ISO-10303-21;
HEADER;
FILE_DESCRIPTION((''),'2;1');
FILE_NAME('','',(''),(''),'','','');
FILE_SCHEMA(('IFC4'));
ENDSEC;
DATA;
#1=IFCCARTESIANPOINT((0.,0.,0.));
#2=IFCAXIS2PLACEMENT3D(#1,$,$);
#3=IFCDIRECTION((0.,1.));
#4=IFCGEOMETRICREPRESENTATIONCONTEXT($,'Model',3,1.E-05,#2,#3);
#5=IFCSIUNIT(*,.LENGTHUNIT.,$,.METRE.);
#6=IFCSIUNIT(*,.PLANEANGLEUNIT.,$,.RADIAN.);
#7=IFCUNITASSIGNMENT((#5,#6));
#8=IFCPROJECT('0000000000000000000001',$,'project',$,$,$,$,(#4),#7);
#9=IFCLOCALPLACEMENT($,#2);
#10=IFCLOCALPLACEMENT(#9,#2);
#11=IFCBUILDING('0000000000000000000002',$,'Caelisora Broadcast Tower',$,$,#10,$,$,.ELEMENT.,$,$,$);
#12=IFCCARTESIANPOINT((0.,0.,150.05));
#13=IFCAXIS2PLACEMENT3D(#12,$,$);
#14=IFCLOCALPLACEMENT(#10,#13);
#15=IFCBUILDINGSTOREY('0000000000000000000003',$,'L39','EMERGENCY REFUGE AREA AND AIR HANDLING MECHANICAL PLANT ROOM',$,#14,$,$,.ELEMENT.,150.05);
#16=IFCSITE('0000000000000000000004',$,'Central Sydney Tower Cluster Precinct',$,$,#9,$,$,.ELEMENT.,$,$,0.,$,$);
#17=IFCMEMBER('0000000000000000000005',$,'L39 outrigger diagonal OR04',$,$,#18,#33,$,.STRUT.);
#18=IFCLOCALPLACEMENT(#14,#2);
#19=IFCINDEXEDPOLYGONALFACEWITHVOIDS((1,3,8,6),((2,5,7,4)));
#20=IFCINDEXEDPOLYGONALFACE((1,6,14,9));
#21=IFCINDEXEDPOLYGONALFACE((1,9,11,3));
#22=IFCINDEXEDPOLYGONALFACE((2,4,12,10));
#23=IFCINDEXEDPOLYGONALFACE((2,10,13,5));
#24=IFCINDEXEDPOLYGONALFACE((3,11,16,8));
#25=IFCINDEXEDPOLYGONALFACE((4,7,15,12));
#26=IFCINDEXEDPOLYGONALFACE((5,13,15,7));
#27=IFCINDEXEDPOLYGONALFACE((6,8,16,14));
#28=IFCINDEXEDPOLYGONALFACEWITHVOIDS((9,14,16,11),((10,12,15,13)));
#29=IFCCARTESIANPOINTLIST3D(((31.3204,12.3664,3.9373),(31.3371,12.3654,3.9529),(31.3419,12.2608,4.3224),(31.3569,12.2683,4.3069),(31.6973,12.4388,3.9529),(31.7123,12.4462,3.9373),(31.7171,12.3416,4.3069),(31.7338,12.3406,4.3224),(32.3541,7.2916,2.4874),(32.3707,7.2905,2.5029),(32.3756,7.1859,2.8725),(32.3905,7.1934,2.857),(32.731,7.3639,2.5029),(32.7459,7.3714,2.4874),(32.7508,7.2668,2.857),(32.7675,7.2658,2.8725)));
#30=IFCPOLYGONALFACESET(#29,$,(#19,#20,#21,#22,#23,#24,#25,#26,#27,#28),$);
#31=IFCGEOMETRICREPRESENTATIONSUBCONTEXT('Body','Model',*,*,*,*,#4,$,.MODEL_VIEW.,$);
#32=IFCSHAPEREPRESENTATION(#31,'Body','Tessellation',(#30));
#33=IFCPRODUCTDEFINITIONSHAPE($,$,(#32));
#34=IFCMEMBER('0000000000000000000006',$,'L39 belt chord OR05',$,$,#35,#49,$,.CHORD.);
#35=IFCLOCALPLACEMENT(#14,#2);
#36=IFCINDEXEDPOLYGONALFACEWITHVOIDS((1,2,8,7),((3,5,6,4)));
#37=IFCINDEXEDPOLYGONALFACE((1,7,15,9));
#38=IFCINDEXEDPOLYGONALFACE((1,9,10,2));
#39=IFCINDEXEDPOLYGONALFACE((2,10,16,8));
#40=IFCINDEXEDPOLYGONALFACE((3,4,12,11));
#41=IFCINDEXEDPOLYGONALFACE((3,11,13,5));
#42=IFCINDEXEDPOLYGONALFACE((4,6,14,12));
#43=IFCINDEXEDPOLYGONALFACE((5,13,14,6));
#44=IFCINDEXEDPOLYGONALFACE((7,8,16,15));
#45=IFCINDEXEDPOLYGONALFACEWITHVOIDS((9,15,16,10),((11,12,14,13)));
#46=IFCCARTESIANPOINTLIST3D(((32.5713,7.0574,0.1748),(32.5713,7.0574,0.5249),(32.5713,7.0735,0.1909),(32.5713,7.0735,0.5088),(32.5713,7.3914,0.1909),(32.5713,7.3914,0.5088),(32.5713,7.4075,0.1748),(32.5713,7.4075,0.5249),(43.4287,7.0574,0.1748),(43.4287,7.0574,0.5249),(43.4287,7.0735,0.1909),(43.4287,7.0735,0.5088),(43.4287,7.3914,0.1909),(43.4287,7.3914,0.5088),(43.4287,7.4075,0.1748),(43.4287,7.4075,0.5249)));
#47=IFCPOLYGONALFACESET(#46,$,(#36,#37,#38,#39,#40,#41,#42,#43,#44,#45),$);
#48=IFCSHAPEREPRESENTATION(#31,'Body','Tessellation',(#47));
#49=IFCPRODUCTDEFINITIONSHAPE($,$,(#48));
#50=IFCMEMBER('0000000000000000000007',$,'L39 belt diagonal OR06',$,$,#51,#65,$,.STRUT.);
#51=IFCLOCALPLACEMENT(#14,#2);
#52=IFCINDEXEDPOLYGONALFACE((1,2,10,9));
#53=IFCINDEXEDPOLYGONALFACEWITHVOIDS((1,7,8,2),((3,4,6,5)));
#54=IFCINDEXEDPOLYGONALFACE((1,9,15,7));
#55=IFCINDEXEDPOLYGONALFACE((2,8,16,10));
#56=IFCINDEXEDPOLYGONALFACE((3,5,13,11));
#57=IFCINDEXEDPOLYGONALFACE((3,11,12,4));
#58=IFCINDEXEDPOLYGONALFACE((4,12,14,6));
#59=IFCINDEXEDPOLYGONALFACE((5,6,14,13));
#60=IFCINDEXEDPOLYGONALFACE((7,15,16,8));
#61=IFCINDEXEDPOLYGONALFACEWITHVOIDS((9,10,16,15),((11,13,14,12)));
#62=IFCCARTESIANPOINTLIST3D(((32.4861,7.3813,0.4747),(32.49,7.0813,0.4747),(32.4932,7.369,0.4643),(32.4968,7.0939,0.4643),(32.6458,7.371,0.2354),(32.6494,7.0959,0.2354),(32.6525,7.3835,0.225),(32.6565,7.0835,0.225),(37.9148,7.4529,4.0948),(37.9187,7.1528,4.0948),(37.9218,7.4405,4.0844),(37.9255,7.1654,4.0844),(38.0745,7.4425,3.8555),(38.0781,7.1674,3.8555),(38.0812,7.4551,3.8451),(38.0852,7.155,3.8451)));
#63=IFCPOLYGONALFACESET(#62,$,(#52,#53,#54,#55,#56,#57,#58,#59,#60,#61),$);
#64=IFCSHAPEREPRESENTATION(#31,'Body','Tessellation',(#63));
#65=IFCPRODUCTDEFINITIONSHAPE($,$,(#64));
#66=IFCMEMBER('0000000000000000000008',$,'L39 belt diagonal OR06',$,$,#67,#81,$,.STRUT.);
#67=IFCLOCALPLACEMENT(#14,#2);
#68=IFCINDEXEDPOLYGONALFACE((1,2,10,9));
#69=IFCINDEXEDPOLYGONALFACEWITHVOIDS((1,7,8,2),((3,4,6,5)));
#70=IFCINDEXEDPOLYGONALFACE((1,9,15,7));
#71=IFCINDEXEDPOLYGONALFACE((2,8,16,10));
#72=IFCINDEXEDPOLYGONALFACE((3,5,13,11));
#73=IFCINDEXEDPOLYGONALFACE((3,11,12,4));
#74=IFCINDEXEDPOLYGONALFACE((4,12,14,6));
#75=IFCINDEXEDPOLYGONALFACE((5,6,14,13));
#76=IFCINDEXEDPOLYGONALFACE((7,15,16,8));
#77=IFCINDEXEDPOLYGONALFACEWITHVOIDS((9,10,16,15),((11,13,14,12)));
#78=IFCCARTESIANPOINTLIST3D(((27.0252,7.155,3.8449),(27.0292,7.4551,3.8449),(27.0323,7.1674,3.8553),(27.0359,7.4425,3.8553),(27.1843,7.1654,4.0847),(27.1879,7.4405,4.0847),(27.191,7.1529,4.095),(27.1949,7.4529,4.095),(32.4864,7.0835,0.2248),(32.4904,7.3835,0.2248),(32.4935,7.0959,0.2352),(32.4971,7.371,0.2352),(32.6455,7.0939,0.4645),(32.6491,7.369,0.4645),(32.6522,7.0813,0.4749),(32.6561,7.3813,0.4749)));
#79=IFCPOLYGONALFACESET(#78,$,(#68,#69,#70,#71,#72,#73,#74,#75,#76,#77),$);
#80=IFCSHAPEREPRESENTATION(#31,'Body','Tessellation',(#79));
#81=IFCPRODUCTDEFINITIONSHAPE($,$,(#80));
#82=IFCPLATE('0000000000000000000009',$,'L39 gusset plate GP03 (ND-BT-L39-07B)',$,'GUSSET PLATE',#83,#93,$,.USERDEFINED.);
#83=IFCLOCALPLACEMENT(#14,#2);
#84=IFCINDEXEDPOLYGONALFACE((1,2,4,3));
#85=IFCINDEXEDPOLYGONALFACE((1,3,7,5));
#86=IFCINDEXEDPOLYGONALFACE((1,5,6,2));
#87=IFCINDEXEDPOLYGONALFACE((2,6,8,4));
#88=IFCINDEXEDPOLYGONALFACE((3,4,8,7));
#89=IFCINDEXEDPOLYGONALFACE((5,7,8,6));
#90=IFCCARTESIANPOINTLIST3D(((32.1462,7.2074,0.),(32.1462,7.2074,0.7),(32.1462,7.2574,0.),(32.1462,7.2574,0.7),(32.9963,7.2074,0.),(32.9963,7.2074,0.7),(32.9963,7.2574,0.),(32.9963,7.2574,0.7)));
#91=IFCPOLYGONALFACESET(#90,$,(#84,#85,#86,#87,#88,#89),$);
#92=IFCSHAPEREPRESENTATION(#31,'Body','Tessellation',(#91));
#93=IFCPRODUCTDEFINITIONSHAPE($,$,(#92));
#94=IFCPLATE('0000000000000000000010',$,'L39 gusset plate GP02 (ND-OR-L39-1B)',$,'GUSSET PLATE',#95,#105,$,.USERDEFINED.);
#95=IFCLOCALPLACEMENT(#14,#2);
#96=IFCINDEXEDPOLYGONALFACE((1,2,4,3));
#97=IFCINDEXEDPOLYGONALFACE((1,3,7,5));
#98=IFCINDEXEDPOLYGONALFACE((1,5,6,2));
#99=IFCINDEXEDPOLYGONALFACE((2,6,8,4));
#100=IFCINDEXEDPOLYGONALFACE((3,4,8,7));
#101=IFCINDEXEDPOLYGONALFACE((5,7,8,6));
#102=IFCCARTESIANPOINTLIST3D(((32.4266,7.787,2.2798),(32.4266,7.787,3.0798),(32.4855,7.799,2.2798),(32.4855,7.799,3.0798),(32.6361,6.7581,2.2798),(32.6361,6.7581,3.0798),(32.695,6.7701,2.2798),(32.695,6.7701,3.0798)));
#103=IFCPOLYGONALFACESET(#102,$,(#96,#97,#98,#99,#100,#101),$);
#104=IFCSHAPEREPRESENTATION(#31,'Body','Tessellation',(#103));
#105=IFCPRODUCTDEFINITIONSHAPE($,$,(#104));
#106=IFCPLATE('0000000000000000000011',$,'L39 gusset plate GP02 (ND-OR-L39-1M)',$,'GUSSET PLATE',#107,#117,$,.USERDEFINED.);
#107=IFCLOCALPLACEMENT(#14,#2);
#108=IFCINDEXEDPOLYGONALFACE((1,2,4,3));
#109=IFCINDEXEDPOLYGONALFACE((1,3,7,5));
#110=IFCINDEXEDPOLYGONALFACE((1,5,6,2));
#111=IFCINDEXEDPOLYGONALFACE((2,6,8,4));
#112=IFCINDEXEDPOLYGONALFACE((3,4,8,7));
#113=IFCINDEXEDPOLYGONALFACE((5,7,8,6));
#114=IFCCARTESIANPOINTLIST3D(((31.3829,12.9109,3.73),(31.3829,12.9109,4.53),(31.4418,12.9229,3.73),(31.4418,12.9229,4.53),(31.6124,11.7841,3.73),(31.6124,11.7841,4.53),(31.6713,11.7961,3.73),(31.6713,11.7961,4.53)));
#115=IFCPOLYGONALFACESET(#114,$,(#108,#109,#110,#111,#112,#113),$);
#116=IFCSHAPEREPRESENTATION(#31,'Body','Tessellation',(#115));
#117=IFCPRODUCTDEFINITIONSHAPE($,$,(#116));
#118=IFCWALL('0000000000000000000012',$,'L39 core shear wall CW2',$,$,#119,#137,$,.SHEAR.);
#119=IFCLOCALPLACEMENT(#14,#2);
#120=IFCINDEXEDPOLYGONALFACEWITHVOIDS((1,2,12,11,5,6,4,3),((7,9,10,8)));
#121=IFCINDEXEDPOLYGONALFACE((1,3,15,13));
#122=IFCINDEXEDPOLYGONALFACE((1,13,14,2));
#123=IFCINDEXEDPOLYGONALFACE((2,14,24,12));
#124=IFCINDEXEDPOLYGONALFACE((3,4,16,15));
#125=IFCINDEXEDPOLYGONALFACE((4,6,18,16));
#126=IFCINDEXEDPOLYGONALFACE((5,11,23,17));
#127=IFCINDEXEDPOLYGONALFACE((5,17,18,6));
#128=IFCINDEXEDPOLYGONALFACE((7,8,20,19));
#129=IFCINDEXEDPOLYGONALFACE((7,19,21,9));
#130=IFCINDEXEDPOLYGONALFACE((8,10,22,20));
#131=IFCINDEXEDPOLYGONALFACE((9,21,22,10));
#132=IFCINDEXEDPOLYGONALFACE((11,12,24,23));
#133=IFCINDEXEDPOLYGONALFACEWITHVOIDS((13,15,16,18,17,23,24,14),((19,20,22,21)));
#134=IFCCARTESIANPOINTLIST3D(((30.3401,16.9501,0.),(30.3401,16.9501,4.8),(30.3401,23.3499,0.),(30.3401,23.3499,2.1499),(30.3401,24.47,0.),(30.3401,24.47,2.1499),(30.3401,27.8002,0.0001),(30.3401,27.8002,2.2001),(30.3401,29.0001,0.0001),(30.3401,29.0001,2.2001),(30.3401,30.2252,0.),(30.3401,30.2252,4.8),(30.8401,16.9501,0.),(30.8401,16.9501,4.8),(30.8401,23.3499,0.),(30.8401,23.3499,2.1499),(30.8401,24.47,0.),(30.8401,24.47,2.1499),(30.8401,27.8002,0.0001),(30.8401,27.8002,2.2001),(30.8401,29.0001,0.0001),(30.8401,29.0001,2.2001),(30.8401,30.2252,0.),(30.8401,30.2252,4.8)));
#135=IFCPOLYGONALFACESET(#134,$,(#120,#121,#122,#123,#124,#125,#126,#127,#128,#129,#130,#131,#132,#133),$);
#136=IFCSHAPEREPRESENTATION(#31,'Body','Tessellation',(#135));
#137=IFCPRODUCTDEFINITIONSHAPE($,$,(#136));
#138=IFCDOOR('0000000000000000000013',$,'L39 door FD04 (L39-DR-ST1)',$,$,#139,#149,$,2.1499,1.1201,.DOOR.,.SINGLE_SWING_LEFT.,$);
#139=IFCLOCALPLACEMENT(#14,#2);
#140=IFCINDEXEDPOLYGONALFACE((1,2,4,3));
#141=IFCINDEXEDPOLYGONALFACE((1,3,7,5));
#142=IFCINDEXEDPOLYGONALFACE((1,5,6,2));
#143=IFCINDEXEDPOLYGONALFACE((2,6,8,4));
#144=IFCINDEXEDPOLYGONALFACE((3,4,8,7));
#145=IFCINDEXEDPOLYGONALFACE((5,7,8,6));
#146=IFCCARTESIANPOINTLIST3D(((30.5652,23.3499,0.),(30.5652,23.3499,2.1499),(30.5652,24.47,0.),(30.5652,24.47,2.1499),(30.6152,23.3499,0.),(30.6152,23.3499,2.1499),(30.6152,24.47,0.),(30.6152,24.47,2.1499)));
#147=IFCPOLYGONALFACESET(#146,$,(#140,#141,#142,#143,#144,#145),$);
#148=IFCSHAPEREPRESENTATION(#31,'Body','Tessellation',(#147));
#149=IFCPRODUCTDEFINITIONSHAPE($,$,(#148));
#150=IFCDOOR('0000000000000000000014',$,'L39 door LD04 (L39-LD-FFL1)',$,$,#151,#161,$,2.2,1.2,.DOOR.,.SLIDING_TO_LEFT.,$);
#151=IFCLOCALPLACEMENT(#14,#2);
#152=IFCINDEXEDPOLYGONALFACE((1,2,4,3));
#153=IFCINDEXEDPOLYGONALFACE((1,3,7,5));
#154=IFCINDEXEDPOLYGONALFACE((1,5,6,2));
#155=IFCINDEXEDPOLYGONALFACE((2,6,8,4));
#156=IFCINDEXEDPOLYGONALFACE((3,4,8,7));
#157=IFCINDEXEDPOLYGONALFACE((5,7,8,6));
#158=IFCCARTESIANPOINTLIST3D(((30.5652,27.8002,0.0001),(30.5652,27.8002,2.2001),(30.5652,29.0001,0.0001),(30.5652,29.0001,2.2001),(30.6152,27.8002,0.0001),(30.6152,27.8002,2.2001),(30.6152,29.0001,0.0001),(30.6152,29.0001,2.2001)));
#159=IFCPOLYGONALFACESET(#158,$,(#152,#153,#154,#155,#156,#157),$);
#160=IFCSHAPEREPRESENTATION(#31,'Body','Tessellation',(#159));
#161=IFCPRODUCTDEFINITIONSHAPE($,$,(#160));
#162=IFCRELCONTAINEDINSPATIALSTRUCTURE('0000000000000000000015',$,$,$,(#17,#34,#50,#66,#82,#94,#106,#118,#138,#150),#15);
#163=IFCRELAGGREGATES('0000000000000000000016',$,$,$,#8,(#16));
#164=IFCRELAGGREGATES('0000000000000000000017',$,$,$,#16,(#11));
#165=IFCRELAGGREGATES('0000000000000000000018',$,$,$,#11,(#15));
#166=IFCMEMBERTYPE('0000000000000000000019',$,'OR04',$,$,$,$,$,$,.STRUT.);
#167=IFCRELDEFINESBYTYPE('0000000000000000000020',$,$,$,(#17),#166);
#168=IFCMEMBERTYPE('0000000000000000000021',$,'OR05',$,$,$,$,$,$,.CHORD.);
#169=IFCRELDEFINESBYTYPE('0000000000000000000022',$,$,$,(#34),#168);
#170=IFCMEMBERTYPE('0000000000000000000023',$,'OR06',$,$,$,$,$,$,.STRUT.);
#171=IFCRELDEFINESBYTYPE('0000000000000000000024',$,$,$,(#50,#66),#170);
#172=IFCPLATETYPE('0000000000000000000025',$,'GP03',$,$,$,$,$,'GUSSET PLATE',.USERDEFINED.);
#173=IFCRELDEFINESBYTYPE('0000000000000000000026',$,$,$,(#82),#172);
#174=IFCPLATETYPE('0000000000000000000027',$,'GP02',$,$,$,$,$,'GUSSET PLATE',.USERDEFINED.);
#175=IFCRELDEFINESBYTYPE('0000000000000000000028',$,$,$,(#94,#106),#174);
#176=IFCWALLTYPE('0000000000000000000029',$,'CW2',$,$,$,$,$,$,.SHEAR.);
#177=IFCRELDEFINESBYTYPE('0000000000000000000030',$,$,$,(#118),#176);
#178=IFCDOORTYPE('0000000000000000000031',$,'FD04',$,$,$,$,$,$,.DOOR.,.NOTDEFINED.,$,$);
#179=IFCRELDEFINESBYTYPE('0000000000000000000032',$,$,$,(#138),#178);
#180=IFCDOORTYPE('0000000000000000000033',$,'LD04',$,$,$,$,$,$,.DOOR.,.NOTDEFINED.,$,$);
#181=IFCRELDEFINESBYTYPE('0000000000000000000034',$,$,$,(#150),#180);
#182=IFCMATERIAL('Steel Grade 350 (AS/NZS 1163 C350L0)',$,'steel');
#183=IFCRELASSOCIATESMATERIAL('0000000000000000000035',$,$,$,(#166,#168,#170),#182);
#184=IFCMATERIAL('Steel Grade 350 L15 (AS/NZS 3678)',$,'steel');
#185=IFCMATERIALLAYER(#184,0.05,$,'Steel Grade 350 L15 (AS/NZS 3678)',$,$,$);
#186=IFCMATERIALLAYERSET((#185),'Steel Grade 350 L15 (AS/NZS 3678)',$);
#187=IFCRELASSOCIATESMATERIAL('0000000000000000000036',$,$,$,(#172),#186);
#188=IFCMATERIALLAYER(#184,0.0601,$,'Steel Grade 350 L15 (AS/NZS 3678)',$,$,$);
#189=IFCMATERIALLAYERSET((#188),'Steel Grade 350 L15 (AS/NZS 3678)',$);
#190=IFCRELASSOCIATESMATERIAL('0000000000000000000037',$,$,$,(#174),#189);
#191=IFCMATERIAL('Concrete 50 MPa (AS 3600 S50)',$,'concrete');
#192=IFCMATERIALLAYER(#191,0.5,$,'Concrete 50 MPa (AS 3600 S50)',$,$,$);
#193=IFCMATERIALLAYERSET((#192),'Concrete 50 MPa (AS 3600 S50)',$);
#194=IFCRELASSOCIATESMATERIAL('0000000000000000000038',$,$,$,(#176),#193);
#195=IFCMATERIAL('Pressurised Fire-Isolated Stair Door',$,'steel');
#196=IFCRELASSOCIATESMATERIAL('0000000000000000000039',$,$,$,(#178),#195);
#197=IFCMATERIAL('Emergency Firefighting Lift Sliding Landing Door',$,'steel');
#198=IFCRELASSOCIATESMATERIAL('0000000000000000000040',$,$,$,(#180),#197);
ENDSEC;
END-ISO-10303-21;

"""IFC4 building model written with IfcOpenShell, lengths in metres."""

from ifc_helpers import new_model, si_unit, direction, frame, frame_2d, origin, origin_2d, place, context, subcontext, project, spatial, rectangle, hollow_rectangle, extrude, source, transform, mapped, material, layer, layer_set, material_profile, profile_set, type_object, type_shapes, element, fill, save


model = new_model("IFC4")

# Units and contexts
model_context = context("Model", 3, precision=1e-05, world=origin(), true_north=direction((0.0, 1.0)))
body_context = subcontext(model_context, "Body", "Model", "MODEL_VIEW")
ifc_project = project(units=[si_unit("LENGTHUNIT", "METRE"), si_unit("PLANEANGLEUNIT", "RADIAN")], contexts=[model_context])

# Site, building, storey
site_placement = place(None, origin())
site = spatial("IfcSite", under=ifc_project, at=site_placement, Name="Central Sydney Tower Cluster Precinct", CompositionType="ELEMENT", RefElevation=0.0)
building_placement = place(site_placement, origin())
building = spatial("IfcBuilding", under=site, at=building_placement, Name="Caelisora Broadcast Tower", CompositionType="ELEMENT")
storey_placement = place(building_placement, frame((0.0, 0.0, 150.05)))
storey = spatial("IfcBuildingStorey", under=building, at=storey_placement, Name="L39", Description="EMERGENCY REFUGE AREA AND AIR HANDLING MECHANICAL PLANT ROOM", CompositionType="ELEMENT", Elevation=150.05)

# Shared definitions
ifc_material_1 = material(Name="Steel Grade 350 L15 (AS/NZS 3678)", Category="steel")

# Members
ifc_material_2 = material(Name="Steel Grade 350 (AS/NZS 1163 C350L0)", Category="steel")
ifc_material_profile_1 = material_profile(ifc_material_2, hollow_rectangle(XDim=0.3999, YDim=0.3999, WallThickness=0.0161, at=origin_2d()), Name="Steel Grade 350 (AS/NZS 1163 C350L0)")
ifc_profile_set_1 = profile_set([ifc_material_profile_1], Name="Steel Grade 350 (AS/NZS 1163 C350L0)")
member_type_1 = type_object("IfcMemberType", Name="OR04", PredefinedType="STRUT", material=ifc_profile_set_1)
shared_shape_1 = source(origin(), body_context, "Body", "SweptSolid", [
    extrude(hollow_rectangle(XDim=0.3999, YDim=0.3999, WallThickness=0.0161, at=origin_2d()), origin(), (0.0, 0.0, 1.0), 5.3782),
])
type_shapes(member_type_1, [shared_shape_1])
member_1_placement = place(storey_placement, frame((31.5271, 12.3535, 4.1299), z_axis=(0.192197, -0.943599, -0.269593), x_axis=(0.97988, 0.199587, 0.0)))
element("IfcMember", 1, at=member_1_placement, inside=storey, type_object=member_type_1, Name="L39 outrigger diagonal OR04", PredefinedType="STRUT", context=body_context, shape_type="MappedRepresentation", body=[
    mapped(shared_shape_1, transform((0.0, 0.0, 0.0), scale=1.0)),
])
ifc_material_profile_2 = material_profile(ifc_material_2, hollow_rectangle(XDim=0.3501, YDim=0.3501, WallThickness=0.0161, at=origin_2d()), Name="Steel Grade 350 (AS/NZS 1163 C350L0)")
ifc_profile_set_2 = profile_set([ifc_material_profile_2], Name="Steel Grade 350 (AS/NZS 1163 C350L0)")
member_type_2 = type_object("IfcMemberType", Name="OR05", PredefinedType="CHORD", material=ifc_profile_set_2)
shared_shape_2 = source(origin(), body_context, "Body", "SweptSolid", [
    extrude(hollow_rectangle(XDim=0.3501, YDim=0.3501, WallThickness=0.0161, at=origin_2d()), origin(), (0.0, 0.0, 1.0), 10.8574),
])
type_shapes(member_type_2, [shared_shape_2])
member_2_placement = place(storey_placement, frame((32.5713, 7.2324, 0.3499), z_axis=(1.0, 0.0, 0.0), x_axis=(0.0, 1.0, 0.0)))
element("IfcMember", 2, at=member_2_placement, inside=storey, type_object=member_type_2, Name="L39 belt chord OR05", PredefinedType="CHORD", context=body_context, shape_type="MappedRepresentation", body=[
    mapped(shared_shape_2, transform((0.0, 0.0, 0.0), scale=1.0)),
])
ifc_material_profile_3 = material_profile(ifc_material_2, hollow_rectangle(XDim=0.3, YDim=0.3, WallThickness=0.0125, at=origin_2d()), Name="Steel Grade 350 (AS/NZS 1163 C350L0)")
ifc_profile_set_3 = profile_set([ifc_material_profile_3], Name="Steel Grade 350 (AS/NZS 1163 C350L0)")
member_type_3 = type_object("IfcMemberType", Name="OR06", PredefinedType="STRUT", material=ifc_profile_set_3)
shared_shape_3 = source(origin(), body_context, "Body", "SweptSolid", [
    extrude(hollow_rectangle(XDim=0.3, YDim=0.3, WallThickness=0.0125, at=origin_2d()), origin(), (0.0, 0.0, 1.0), 6.5254),
])
member_3_placement = place(storey_placement, frame((32.5713, 7.2324, 0.3499), z_axis=(0.831931, 0.010962, 0.55477), x_axis=(-0.013176, 0.999913, 0.0)))
element("IfcMember", 3, at=member_3_placement, inside=storey, type_object=member_type_3, Name="L39 belt diagonal OR06", PredefinedType="STRUT", context=body_context, shape_type="MappedRepresentation", body=[
    mapped(shared_shape_3, transform((0.0, 0.0, 0.0), scale=1.0)),
])
shared_shape_4 = source(origin(), body_context, "Body", "SweptSolid", [
    extrude(hollow_rectangle(XDim=0.3, YDim=0.3, WallThickness=0.0125, at=origin_2d()), origin(), (0.0, 0.0, 1.0), 6.5525),
])
type_shapes(member_type_3, [shared_shape_3, shared_shape_4])
member_4_placement = place(storey_placement, frame((32.5713, 7.2324, 0.3499), z_axis=(-0.833454, 0.010917, 0.552481), x_axis=(-0.013097, -0.999914, 0.0)))
element("IfcMember", 4, at=member_4_placement, inside=storey, type_object=member_type_3, Name="L39 belt diagonal OR06", PredefinedType="STRUT", context=body_context, shape_type="MappedRepresentation", body=[
    mapped(shared_shape_4, transform((0.0, 0.0, 0.0), scale=1.0)),
])

# Plates
ifc_layer_1 = layer(ifc_material_1, 0.05, Name="Steel Grade 350 L15 (AS/NZS 3678)")
ifc_layer_set_1 = layer_set([ifc_layer_1], Name="Steel Grade 350 L15 (AS/NZS 3678)")
plate_type_1 = type_object("IfcPlateType", Name="GP03", ElementType="GUSSET PLATE", PredefinedType="USERDEFINED", material=ifc_layer_set_1)
shared_shape_5 = source(origin(), body_context, "Body", "SweptSolid", [
    extrude(rectangle(XDim=0.8501, YDim=0.05, at=origin_2d()), origin(), (0.0, 0.0, 1.0), 0.7),
])
type_shapes(plate_type_1, [shared_shape_5])
plate_1_placement = place(storey_placement, frame((32.5713, 7.2324, 0.0), z_axis=(0.0, 0.0, 1.0), x_axis=(1.0, 0.0, 0.0)))
element("IfcPlate", 5, at=plate_1_placement, inside=storey, type_object=plate_type_1, Name="L39 gusset plate GP03 (ND-BT-L39-07B)", ObjectType="GUSSET PLATE", PredefinedType="USERDEFINED", context=body_context, shape_type="MappedRepresentation", body=[
    mapped(shared_shape_5, transform((0.0, 0.0, 0.0), scale=1.0)),
])
ifc_layer_2 = layer(ifc_material_1, 0.0601, Name="Steel Grade 350 L15 (AS/NZS 3678)")
ifc_layer_set_2 = layer_set([ifc_layer_2], Name="Steel Grade 350 L15 (AS/NZS 3678)")
plate_type_2 = type_object("IfcPlateType", Name="GP02", ElementType="GUSSET PLATE", PredefinedType="USERDEFINED", material=ifc_layer_set_2)
shared_shape_6 = source(origin(), body_context, "Body", "SweptSolid", [
    extrude(rectangle(XDim=1.05, YDim=0.0601, at=origin_2d()), origin(), (0.0, 0.0, 1.0), 0.8),
])
plate_2_placement = place(storey_placement, frame((32.5608, 7.2786, 2.2798), z_axis=(0.0, 0.0, 1.0), x_axis=(0.199539, -0.97989, 0.0)))
element("IfcPlate", 6, at=plate_2_placement, inside=storey, type_object=plate_type_2, Name="L39 gusset plate GP02 (ND-OR-L39-1B)", ObjectType="GUSSET PLATE", PredefinedType="USERDEFINED", context=body_context, shape_type="MappedRepresentation", body=[
    mapped(shared_shape_6, transform((0.0, 0.0, 0.0), scale=1.0)),
])
shared_shape_7 = source(origin(), body_context, "Body", "SweptSolid", [
    extrude(rectangle(XDim=1.1499, YDim=0.0601, at=origin_2d()), origin(), (0.0, 0.0, 1.0), 0.8),
])
type_shapes(plate_type_2, [shared_shape_6, shared_shape_7])
plate_3_placement = place(storey_placement, frame((31.5271, 12.3535, 3.73), z_axis=(0.0, 0.0, 1.0), x_axis=(0.199539, -0.97989, 0.0)))
element("IfcPlate", 7, at=plate_3_placement, inside=storey, type_object=plate_type_2, Name="L39 gusset plate GP02 (ND-OR-L39-1M)", ObjectType="GUSSET PLATE", PredefinedType="USERDEFINED", context=body_context, shape_type="MappedRepresentation", body=[
    mapped(shared_shape_7, transform((0.0, 0.0, 0.0), scale=1.0)),
])

# Wall, openings, doors
ifc_material_3 = material(Name="Concrete 50 MPa (AS 3600 S50)", Category="concrete")
ifc_layer_3 = layer(ifc_material_3, 0.5, Name="Concrete 50 MPa (AS 3600 S50)")
ifc_layer_set_3 = layer_set([ifc_layer_3], Name="Concrete 50 MPa (AS 3600 S50)")
wall_type_1 = type_object("IfcWallType", Name="CW2", PredefinedType="SHEAR", material=ifc_layer_set_3)
wall_1_placement = place(storey_placement, frame((30.5901, 16.95, 0.0), z_axis=(0.0, 0.0, 1.0), x_axis=(0.0, 1.0, 0.0)))
wall_1 = element("IfcWall", 8, at=wall_1_placement, inside=storey, type_object=wall_type_1, Name="L39 core shear wall CW2", PredefinedType="SHEAR", context=body_context, shape_type="SweptSolid", body=[
    extrude(rectangle(XDim=13.2751, YDim=0.5, at=frame_2d((6.6377, 0.0))), origin(), (0.0, 0.0, 1.0), 4.8),
])
opening_1_placement = place(wall_1_placement, frame((6.3999, 0.0, 0.0)))
opening_1 = element("IfcOpeningElement", 9, at=opening_1_placement, cuts=wall_1, PredefinedType="OPENING", context=body_context, shape_type="SweptSolid", body=[
    extrude(rectangle(XDim=1.1201, YDim=2.1499, at=frame_2d((0.5601, 1.075))), frame((0.0, 0.262, 0.0), z_axis=(0.0, -1.0, 0.0), x_axis=(1.0, 0.0, 0.0)), (0.0, 0.0, 1.0), 0.5239),
])
opening_2_placement = place(wall_1_placement, frame((10.8501, 0.0, 0.0)))
opening_2 = element("IfcOpeningElement", 10, at=opening_2_placement, cuts=wall_1, PredefinedType="OPENING", context=body_context, shape_type="SweptSolid", body=[
    extrude(rectangle(XDim=1.2, YDim=2.2, at=frame_2d((0.6001, 1.1001))), frame((0.0, 0.262, 0.0), z_axis=(0.0, -1.0, 0.0), x_axis=(1.0, 0.0, 0.0)), (0.0, 0.0, 1.0), 0.5239),
])
ifc_material_4 = material(Name="Pressurised Fire-Isolated Stair Door", Category="steel")
door_type_1 = type_object("IfcDoorType", Name="FD04", OperationType="NOTDEFINED", PredefinedType="DOOR", material=ifc_material_4)
door_1_placement = place(opening_1_placement, origin())
door_1 = element("IfcDoor", 11, at=door_1_placement, inside=storey, type_object=door_type_1, Name="L39 door FD04 (L39-DR-ST1)", OperationType="SINGLE_SWING_LEFT", OverallHeight=2.1499, OverallWidth=1.1201, PredefinedType="DOOR", context=body_context, shape_type="SweptSolid", body=[
    extrude(rectangle(XDim=1.1201, YDim=2.1499, at=frame_2d((0.5601, 1.075))), frame((0.0, 0.0249, 0.0), z_axis=(0.0, -1.0, 0.0), x_axis=(1.0, 0.0, 0.0)), (0.0, 0.0, 1.0), 0.05),
])
fill(opening_1, door_1)
ifc_material_5 = material(Name="Emergency Firefighting Lift Sliding Landing Door", Category="steel")
door_type_2 = type_object("IfcDoorType", Name="LD04", OperationType="NOTDEFINED", PredefinedType="DOOR", material=ifc_material_5)
door_2_placement = place(opening_2_placement, origin())
door_2 = element("IfcDoor", 12, at=door_2_placement, inside=storey, type_object=door_type_2, Name="L39 door LD04 (L39-LD-FFL1)", OperationType="SLIDING_TO_LEFT", OverallHeight=2.2, OverallWidth=1.2, PredefinedType="DOOR", context=body_context, shape_type="SweptSolid", body=[
    extrude(rectangle(XDim=1.2, YDim=2.2, at=frame_2d((0.6001, 1.1001))), frame((0.0, 0.0249, 0.0), z_axis=(0.0, -1.0, 0.0), x_axis=(1.0, 0.0, 0.0)), (0.0, 0.0, 1.0), 0.05),
])
fill(opening_2, door_2)

save(model, "model.ifc")
